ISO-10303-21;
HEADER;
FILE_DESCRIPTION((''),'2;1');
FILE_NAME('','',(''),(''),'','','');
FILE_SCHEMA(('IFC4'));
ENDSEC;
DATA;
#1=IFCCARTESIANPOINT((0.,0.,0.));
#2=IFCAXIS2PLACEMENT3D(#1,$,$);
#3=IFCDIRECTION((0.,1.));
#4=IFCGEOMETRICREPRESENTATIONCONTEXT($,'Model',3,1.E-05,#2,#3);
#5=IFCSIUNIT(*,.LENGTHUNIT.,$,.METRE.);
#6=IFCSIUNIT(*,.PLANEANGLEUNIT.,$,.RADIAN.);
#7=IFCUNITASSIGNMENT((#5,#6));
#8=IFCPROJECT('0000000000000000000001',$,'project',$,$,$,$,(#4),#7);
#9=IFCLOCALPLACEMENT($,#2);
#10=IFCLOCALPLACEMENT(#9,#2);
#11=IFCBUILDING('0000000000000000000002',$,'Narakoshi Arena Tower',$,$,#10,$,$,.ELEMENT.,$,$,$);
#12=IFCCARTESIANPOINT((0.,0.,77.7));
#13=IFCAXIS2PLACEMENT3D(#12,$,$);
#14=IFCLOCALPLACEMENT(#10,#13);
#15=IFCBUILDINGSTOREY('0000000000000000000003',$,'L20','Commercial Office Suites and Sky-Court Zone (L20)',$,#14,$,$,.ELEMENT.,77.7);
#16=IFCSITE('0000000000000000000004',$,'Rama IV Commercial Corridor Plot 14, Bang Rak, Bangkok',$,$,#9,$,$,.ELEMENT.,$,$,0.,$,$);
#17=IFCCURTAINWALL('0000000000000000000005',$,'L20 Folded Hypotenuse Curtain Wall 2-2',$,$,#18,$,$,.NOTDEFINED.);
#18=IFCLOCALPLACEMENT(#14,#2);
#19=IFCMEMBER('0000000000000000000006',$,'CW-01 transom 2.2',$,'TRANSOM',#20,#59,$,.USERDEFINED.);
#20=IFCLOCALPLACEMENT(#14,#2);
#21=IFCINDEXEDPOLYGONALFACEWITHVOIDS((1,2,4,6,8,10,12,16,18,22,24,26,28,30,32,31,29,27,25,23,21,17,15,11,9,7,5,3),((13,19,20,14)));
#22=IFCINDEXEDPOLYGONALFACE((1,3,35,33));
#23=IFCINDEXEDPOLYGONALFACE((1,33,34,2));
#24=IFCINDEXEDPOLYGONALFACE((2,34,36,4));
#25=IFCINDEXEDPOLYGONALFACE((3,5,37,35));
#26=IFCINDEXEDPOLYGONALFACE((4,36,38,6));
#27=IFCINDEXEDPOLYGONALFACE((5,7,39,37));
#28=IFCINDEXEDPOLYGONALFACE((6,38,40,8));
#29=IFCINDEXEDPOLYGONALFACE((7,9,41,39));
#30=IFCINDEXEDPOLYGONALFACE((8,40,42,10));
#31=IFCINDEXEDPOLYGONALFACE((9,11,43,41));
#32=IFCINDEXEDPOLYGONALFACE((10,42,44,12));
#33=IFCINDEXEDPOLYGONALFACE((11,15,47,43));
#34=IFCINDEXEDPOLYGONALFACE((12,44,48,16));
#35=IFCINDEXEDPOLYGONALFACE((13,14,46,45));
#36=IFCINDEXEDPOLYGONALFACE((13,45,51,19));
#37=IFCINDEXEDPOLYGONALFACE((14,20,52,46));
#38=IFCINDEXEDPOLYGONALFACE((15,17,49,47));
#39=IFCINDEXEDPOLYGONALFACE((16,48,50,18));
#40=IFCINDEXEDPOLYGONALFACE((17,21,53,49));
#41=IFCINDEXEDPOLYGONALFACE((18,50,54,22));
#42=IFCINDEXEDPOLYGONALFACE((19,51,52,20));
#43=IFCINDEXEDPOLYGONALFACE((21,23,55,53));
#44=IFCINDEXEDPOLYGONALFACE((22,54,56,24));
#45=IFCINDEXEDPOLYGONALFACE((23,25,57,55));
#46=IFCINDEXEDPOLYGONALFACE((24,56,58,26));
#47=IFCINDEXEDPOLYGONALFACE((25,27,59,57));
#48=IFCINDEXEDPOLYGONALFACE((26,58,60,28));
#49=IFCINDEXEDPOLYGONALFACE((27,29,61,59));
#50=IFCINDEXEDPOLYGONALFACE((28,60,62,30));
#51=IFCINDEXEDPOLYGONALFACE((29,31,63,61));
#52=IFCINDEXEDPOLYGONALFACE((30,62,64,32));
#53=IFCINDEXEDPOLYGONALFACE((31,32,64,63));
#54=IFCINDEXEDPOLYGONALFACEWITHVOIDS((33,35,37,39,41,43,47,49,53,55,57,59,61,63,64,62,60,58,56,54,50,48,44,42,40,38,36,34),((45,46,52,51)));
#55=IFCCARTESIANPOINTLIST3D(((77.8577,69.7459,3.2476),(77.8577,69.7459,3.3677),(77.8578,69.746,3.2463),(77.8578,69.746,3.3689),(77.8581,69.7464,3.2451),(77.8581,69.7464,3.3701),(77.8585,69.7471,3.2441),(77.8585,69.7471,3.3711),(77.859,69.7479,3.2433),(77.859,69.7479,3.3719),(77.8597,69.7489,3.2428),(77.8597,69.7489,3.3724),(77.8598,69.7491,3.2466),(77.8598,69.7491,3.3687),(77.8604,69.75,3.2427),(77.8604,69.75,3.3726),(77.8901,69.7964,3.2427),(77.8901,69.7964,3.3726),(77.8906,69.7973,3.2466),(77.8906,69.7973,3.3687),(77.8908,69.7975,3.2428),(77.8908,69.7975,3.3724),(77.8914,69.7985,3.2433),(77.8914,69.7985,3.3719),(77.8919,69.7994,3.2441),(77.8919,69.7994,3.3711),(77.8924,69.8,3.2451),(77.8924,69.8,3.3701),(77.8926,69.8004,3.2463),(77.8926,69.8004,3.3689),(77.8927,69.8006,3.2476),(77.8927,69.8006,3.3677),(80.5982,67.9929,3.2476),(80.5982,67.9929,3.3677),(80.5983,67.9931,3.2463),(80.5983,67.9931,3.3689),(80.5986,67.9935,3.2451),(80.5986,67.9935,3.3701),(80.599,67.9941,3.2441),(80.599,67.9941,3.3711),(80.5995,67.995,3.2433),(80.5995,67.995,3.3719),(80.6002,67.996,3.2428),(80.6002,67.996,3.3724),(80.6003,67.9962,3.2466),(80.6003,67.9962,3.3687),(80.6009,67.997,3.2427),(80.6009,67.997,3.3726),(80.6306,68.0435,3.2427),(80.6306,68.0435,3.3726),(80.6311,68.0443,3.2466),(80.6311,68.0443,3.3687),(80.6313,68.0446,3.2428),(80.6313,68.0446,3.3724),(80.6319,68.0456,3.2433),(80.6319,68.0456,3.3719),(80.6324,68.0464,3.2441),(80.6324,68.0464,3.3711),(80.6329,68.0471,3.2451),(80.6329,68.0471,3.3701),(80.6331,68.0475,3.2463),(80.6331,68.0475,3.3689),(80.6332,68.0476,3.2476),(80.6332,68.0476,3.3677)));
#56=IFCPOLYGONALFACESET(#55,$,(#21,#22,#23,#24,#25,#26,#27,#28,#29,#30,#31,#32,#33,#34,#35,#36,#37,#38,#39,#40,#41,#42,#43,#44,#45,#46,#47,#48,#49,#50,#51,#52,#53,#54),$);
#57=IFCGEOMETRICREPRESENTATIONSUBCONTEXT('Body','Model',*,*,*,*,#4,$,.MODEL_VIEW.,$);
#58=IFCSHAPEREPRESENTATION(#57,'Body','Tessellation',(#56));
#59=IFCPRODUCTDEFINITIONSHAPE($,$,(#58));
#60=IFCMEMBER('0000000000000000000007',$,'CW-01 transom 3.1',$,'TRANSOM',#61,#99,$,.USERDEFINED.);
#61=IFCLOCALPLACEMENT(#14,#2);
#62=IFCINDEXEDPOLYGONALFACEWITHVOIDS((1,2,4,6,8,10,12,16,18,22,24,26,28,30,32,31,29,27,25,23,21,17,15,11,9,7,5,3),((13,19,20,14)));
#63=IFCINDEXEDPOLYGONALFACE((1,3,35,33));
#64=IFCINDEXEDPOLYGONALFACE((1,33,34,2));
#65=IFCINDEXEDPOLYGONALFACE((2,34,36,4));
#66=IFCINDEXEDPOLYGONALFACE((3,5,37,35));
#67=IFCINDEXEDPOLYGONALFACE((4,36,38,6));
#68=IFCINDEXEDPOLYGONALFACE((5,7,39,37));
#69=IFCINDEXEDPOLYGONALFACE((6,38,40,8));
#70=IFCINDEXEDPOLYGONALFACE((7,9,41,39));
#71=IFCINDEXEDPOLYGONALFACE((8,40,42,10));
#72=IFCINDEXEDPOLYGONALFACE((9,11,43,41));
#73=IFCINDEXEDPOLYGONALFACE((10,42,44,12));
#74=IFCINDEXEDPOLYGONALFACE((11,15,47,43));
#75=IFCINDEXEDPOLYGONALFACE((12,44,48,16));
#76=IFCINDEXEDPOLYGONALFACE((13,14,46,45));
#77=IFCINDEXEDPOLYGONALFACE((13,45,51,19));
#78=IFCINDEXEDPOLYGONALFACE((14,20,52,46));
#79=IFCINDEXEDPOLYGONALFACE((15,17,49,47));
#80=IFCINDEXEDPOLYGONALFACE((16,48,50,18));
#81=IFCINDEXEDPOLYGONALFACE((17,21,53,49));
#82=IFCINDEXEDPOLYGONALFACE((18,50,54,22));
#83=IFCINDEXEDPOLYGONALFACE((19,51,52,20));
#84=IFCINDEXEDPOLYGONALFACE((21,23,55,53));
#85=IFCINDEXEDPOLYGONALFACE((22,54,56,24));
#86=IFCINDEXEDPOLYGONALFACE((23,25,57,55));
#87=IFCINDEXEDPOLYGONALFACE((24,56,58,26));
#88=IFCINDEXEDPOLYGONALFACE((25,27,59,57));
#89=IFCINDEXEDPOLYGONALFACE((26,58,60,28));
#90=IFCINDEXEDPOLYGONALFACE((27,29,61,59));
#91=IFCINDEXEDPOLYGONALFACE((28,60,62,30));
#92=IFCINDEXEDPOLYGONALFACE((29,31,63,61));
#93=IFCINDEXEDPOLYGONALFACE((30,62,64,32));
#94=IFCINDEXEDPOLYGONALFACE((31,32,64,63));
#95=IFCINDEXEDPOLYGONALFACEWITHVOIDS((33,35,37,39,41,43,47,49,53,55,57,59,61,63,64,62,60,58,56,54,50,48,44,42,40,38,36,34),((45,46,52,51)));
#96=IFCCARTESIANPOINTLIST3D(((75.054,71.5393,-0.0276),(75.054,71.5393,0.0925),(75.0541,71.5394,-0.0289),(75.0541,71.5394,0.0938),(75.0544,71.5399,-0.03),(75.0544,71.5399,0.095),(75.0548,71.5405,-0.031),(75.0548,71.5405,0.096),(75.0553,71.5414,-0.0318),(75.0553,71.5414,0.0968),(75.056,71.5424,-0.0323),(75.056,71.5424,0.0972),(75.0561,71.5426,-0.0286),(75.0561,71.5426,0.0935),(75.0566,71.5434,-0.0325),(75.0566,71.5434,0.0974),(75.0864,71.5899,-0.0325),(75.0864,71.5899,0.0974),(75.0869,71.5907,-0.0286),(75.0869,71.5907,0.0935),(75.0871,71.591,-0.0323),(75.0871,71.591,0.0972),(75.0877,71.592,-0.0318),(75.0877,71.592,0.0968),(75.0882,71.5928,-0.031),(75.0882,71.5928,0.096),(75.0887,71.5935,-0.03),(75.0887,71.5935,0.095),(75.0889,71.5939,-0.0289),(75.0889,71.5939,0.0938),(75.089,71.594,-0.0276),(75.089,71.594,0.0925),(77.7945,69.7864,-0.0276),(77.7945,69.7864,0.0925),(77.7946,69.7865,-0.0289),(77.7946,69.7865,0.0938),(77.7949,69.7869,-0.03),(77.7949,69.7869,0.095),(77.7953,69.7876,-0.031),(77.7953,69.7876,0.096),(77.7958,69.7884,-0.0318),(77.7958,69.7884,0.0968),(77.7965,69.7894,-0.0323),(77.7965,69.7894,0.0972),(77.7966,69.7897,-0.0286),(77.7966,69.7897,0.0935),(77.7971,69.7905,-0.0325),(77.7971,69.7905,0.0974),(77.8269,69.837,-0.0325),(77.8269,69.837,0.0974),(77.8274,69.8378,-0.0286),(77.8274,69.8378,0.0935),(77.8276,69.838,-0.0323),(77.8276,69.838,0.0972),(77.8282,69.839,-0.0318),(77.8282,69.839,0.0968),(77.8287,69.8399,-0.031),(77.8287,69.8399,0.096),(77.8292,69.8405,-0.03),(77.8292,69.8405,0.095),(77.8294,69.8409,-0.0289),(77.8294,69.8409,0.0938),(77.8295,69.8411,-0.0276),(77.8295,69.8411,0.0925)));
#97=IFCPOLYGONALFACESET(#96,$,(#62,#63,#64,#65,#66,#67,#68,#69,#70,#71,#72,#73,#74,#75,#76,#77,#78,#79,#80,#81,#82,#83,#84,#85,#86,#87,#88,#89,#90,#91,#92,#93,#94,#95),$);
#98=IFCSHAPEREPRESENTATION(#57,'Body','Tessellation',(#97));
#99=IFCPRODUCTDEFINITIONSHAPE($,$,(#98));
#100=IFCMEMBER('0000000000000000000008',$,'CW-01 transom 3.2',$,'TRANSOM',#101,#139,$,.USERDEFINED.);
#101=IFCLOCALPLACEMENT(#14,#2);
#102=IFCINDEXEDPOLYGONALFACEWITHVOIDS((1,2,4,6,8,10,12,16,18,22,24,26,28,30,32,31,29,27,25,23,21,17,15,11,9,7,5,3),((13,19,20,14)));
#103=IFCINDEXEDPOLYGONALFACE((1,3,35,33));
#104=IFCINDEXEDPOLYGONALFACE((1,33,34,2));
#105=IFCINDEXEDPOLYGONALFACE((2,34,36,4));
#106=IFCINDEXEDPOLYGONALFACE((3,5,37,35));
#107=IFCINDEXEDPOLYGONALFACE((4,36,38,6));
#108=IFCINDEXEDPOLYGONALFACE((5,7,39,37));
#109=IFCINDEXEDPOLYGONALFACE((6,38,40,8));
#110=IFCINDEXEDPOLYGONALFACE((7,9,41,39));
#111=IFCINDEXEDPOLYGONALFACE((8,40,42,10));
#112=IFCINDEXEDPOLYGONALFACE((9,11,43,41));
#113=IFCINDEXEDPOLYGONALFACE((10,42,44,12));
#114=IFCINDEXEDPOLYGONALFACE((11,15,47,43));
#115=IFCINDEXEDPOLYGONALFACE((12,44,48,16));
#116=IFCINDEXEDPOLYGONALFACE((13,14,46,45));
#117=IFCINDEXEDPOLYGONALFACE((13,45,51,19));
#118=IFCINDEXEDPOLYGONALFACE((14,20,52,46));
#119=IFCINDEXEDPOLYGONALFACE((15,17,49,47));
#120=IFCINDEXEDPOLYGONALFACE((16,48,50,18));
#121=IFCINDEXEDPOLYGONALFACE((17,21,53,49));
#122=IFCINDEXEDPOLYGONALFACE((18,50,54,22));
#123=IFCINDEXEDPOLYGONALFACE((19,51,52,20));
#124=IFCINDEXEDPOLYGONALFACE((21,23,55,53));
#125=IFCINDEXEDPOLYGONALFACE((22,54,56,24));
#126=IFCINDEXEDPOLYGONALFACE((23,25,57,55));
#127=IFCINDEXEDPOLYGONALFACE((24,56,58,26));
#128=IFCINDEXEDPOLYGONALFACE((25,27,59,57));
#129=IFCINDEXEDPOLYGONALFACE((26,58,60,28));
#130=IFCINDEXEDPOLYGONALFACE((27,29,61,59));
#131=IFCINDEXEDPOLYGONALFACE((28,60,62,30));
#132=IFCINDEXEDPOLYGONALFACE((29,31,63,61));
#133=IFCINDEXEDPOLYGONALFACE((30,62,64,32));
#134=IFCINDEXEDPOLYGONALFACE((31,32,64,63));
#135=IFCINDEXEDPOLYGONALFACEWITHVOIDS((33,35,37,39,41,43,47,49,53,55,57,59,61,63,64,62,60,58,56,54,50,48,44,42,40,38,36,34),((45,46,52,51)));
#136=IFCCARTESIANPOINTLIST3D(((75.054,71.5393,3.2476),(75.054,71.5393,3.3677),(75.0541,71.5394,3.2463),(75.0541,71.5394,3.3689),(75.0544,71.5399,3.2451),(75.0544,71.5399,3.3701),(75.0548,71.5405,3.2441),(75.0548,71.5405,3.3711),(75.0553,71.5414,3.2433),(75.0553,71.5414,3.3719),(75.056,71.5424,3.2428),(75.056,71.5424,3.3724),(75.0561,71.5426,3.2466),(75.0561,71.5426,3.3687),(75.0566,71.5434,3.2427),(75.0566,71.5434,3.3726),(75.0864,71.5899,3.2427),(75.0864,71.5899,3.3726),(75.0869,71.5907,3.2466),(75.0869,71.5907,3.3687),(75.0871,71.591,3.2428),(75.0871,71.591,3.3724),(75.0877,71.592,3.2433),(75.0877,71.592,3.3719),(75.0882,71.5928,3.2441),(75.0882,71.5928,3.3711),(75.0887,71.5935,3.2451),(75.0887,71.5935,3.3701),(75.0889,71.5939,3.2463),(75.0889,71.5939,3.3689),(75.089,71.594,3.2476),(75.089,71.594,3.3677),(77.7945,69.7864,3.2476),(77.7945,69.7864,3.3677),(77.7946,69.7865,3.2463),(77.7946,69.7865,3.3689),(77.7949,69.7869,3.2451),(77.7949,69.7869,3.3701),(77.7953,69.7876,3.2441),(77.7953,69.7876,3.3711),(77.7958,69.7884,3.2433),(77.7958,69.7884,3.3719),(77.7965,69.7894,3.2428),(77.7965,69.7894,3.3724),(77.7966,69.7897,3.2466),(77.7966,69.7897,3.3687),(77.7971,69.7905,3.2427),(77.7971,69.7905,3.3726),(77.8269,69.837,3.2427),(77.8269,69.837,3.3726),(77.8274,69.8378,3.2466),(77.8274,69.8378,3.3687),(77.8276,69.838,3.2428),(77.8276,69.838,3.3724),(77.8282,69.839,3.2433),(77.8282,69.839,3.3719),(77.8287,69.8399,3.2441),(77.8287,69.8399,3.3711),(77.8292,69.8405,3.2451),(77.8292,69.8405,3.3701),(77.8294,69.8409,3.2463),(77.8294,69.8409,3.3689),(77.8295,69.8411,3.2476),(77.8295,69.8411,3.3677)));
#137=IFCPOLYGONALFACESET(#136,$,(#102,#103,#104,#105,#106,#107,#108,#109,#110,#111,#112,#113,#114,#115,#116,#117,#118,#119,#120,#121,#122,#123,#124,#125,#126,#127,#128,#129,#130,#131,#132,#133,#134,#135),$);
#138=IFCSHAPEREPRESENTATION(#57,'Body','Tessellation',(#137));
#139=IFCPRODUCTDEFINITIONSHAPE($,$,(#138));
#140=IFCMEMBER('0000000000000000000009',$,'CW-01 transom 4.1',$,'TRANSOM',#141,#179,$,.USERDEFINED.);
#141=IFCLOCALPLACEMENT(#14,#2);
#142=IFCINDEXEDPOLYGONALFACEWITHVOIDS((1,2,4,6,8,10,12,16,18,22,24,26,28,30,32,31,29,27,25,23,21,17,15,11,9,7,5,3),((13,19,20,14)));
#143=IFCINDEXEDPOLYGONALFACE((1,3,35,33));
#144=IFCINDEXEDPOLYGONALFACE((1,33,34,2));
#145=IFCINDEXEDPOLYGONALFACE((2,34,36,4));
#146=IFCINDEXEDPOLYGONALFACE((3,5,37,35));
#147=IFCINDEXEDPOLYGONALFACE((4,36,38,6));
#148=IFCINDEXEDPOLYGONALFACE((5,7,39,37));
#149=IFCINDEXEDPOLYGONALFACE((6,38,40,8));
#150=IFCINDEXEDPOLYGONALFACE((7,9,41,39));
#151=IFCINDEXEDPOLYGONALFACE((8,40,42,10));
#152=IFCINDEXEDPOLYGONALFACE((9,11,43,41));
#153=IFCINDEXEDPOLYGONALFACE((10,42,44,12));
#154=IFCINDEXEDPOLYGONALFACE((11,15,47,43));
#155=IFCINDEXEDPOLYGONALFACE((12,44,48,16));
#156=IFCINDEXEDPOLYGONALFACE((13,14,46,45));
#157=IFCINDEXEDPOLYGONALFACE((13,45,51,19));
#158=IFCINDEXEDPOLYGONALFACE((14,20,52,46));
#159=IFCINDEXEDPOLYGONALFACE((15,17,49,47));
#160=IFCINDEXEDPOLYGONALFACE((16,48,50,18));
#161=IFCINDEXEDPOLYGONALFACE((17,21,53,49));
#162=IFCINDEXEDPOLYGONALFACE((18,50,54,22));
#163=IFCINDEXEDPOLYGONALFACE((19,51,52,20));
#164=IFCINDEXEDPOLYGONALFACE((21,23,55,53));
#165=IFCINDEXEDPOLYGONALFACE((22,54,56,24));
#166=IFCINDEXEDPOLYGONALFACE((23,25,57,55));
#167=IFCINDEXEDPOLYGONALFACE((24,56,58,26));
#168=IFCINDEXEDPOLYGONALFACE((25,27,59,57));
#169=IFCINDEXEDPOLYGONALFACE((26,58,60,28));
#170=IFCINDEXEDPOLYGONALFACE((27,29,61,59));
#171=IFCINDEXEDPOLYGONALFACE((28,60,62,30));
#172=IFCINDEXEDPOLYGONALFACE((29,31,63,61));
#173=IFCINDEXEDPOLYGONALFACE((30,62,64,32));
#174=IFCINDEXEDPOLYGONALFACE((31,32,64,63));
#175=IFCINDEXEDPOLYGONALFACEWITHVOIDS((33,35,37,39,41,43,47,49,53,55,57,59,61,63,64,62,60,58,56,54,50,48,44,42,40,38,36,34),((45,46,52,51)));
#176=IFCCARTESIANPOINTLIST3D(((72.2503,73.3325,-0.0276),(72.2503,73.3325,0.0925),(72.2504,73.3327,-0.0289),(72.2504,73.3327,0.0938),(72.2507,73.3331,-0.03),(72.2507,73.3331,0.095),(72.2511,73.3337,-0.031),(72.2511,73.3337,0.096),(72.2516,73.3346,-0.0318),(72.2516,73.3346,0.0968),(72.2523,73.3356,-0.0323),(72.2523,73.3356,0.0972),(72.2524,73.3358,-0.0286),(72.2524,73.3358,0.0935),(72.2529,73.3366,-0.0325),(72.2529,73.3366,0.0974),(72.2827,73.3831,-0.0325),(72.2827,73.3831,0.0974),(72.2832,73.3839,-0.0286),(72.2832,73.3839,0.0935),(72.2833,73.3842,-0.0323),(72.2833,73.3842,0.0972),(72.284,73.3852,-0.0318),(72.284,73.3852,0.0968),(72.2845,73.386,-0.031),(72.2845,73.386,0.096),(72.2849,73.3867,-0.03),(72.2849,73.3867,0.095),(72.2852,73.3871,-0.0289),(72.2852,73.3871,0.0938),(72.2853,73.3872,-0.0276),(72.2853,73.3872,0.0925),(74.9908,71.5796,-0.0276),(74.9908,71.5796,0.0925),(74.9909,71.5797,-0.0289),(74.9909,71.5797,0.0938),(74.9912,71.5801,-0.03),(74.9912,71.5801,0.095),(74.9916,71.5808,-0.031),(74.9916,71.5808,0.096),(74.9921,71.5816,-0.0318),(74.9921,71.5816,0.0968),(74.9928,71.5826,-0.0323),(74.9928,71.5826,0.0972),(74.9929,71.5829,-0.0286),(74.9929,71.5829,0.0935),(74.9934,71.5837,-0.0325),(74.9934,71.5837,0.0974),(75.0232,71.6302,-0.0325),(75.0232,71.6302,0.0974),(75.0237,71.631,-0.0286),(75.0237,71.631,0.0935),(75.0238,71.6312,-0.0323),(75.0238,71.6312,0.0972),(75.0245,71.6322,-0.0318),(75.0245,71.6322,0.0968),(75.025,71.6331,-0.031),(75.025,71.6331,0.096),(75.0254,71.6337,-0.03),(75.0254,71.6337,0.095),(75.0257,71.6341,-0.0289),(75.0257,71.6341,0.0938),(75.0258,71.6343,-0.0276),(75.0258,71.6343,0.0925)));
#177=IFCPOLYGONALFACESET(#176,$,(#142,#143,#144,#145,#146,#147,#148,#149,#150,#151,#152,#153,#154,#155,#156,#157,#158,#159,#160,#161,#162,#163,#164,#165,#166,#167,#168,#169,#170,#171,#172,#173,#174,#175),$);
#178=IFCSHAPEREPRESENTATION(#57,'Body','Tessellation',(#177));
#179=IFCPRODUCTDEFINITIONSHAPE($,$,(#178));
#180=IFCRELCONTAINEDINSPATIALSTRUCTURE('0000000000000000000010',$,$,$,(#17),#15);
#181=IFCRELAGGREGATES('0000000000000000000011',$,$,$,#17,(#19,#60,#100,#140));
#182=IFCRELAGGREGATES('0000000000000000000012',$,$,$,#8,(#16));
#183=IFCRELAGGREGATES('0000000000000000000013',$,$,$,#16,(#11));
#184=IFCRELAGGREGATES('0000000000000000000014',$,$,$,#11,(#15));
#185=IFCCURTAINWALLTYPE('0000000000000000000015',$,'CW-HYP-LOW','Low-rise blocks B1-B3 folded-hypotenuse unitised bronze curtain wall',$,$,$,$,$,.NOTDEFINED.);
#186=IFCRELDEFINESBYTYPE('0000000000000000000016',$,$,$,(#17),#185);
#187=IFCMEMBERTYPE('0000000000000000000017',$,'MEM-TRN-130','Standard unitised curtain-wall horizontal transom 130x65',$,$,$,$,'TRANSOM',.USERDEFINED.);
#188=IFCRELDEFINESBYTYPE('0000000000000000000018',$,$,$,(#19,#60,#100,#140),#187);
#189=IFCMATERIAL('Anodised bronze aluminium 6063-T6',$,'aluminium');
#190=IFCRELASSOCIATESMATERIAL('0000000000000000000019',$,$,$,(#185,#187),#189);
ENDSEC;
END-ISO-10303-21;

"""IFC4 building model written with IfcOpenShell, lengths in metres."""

from ifc_helpers import new_model, si_unit, direction, frame, origin, origin_2d, place, context, subcontext, project, spatial, hollow_rectangle, extrude, material, material_profile, profile_set, type_object, element, aggregate, save


model = new_model("IFC4")

# Units and contexts
model_context = context("Model", 3, precision=1e-05, world=origin(), true_north=direction((0.0, 1.0)))
body_context = subcontext(model_context, "Body", "Model", "MODEL_VIEW")
ifc_project = project(units=[si_unit("LENGTHUNIT", "METRE"), si_unit("PLANEANGLEUNIT", "RADIAN")], contexts=[model_context])

# Site, building, storey
site_placement = place(None, origin())
site = spatial("IfcSite", under=ifc_project, at=site_placement, Name="Rama IV Commercial Corridor Plot 14, Bang Rak, Bangkok", CompositionType="ELEMENT", RefElevation=0.0)
building_placement = place(site_placement, origin())
building = spatial("IfcBuilding", under=site, at=building_placement, Name="Narakoshi Arena Tower", CompositionType="ELEMENT")
storey_placement = place(building_placement, frame((0.0, 0.0, 77.7)))
storey = spatial("IfcBuildingStorey", under=building, at=storey_placement, Name="L20", Description="Commercial Office Suites and Sky-Court Zone (L20)", CompositionType="ELEMENT", Elevation=77.7)

# Curtain wall, members
ifc_material_1 = material(Name="Anodised bronze aluminium 6063-T6", Category="aluminium")
curtain_wall_type = type_object("IfcCurtainWallType", Name="CW-HYP-LOW", Description="Low-rise blocks B1-B3 folded-hypotenuse unitised bronze curtain wall", PredefinedType="NOTDEFINED", material=ifc_material_1)
curtain_wall_placement = place(storey_placement, origin())
curtain_wall = element("IfcCurtainWall", 1, at=curtain_wall_placement, inside=storey, type_object=curtain_wall_type, Name="L20 Folded Hypotenuse Curtain Wall 2-2", PredefinedType="NOTDEFINED")
ifc_material_profile_1 = material_profile(ifc_material_1, hollow_rectangle(XDim=0.0649, YDim=0.1299, WallThickness=0.0039, OuterFilletRadius=0.0049, at=origin_2d()), Name="TRN130x65x4")
ifc_profile_set_1 = profile_set([ifc_material_profile_1], Name="Anodised bronze aluminium 6063-T6")
member_type_1 = type_object("IfcMemberType", Name="MEM-TRN-130", Description="Standard unitised curtain-wall horizontal transom 130x65", ElementType="TRANSOM", PredefinedType="USERDEFINED", material=ifc_profile_set_1)
member_1_placement = place(storey_placement, frame((80.6157, 68.0203, 3.3076), z_axis=(-0.842408, 0.538841, 0.0), x_axis=(-0.538841, -0.842408, 0.0)))
member_1 = element("IfcMember", 2, at=member_1_placement, type_object=member_type_1, Name="CW-01 transom 2.2", ObjectType="TRANSOM", PredefinedType="USERDEFINED", context=body_context, shape_type="SweptSolid", body=[
    extrude(hollow_rectangle(XDim=0.0649, YDim=0.1299, WallThickness=0.0039, OuterFilletRadius=0.0049, at=origin_2d()), origin(), (0.0, 0.0, 1.0), 3.2532),
])
member_2_placement = place(storey_placement, frame((77.812, 69.8137, 0.0325), z_axis=(-0.842408, 0.538841, 0.0), x_axis=(-0.538841, -0.842408, 0.0)))
member_2 = element("IfcMember", 3, at=member_2_placement, type_object=member_type_1, Name="CW-01 transom 3.1", ObjectType="TRANSOM", PredefinedType="USERDEFINED", context=body_context, shape_type="SweptSolid", body=[
    extrude(hollow_rectangle(XDim=0.0649, YDim=0.1299, WallThickness=0.0039, OuterFilletRadius=0.0049, at=origin_2d()), origin(), (0.0, 0.0, 1.0), 3.2532),
])
member_3_placement = place(storey_placement, frame((77.812, 69.8137, 3.3076), z_axis=(-0.842408, 0.538841, 0.0), x_axis=(-0.538841, -0.842408, 0.0)))
member_3 = element("IfcMember", 4, at=member_3_placement, type_object=member_type_1, Name="CW-01 transom 3.2", ObjectType="TRANSOM", PredefinedType="USERDEFINED", context=body_context, shape_type="SweptSolid", body=[
    extrude(hollow_rectangle(XDim=0.0649, YDim=0.1299, WallThickness=0.0039, OuterFilletRadius=0.0049, at=origin_2d()), origin(), (0.0, 0.0, 1.0), 3.2532),
])
member_4_placement = place(storey_placement, frame((75.0083, 71.6069, 0.0325), z_axis=(-0.842408, 0.538841, 0.0), x_axis=(-0.538841, -0.842408, 0.0)))
member_4 = element("IfcMember", 5, at=member_4_placement, type_object=member_type_1, Name="CW-01 transom 4.1", ObjectType="TRANSOM", PredefinedType="USERDEFINED", context=body_context, shape_type="SweptSolid", body=[
    extrude(hollow_rectangle(XDim=0.0649, YDim=0.1299, WallThickness=0.0039, OuterFilletRadius=0.0049, at=origin_2d()), origin(), (0.0, 0.0, 1.0), 3.2532),
])
aggregate(curtain_wall, [member_1, member_2, member_3, member_4])

save(model, "model.ifc")
